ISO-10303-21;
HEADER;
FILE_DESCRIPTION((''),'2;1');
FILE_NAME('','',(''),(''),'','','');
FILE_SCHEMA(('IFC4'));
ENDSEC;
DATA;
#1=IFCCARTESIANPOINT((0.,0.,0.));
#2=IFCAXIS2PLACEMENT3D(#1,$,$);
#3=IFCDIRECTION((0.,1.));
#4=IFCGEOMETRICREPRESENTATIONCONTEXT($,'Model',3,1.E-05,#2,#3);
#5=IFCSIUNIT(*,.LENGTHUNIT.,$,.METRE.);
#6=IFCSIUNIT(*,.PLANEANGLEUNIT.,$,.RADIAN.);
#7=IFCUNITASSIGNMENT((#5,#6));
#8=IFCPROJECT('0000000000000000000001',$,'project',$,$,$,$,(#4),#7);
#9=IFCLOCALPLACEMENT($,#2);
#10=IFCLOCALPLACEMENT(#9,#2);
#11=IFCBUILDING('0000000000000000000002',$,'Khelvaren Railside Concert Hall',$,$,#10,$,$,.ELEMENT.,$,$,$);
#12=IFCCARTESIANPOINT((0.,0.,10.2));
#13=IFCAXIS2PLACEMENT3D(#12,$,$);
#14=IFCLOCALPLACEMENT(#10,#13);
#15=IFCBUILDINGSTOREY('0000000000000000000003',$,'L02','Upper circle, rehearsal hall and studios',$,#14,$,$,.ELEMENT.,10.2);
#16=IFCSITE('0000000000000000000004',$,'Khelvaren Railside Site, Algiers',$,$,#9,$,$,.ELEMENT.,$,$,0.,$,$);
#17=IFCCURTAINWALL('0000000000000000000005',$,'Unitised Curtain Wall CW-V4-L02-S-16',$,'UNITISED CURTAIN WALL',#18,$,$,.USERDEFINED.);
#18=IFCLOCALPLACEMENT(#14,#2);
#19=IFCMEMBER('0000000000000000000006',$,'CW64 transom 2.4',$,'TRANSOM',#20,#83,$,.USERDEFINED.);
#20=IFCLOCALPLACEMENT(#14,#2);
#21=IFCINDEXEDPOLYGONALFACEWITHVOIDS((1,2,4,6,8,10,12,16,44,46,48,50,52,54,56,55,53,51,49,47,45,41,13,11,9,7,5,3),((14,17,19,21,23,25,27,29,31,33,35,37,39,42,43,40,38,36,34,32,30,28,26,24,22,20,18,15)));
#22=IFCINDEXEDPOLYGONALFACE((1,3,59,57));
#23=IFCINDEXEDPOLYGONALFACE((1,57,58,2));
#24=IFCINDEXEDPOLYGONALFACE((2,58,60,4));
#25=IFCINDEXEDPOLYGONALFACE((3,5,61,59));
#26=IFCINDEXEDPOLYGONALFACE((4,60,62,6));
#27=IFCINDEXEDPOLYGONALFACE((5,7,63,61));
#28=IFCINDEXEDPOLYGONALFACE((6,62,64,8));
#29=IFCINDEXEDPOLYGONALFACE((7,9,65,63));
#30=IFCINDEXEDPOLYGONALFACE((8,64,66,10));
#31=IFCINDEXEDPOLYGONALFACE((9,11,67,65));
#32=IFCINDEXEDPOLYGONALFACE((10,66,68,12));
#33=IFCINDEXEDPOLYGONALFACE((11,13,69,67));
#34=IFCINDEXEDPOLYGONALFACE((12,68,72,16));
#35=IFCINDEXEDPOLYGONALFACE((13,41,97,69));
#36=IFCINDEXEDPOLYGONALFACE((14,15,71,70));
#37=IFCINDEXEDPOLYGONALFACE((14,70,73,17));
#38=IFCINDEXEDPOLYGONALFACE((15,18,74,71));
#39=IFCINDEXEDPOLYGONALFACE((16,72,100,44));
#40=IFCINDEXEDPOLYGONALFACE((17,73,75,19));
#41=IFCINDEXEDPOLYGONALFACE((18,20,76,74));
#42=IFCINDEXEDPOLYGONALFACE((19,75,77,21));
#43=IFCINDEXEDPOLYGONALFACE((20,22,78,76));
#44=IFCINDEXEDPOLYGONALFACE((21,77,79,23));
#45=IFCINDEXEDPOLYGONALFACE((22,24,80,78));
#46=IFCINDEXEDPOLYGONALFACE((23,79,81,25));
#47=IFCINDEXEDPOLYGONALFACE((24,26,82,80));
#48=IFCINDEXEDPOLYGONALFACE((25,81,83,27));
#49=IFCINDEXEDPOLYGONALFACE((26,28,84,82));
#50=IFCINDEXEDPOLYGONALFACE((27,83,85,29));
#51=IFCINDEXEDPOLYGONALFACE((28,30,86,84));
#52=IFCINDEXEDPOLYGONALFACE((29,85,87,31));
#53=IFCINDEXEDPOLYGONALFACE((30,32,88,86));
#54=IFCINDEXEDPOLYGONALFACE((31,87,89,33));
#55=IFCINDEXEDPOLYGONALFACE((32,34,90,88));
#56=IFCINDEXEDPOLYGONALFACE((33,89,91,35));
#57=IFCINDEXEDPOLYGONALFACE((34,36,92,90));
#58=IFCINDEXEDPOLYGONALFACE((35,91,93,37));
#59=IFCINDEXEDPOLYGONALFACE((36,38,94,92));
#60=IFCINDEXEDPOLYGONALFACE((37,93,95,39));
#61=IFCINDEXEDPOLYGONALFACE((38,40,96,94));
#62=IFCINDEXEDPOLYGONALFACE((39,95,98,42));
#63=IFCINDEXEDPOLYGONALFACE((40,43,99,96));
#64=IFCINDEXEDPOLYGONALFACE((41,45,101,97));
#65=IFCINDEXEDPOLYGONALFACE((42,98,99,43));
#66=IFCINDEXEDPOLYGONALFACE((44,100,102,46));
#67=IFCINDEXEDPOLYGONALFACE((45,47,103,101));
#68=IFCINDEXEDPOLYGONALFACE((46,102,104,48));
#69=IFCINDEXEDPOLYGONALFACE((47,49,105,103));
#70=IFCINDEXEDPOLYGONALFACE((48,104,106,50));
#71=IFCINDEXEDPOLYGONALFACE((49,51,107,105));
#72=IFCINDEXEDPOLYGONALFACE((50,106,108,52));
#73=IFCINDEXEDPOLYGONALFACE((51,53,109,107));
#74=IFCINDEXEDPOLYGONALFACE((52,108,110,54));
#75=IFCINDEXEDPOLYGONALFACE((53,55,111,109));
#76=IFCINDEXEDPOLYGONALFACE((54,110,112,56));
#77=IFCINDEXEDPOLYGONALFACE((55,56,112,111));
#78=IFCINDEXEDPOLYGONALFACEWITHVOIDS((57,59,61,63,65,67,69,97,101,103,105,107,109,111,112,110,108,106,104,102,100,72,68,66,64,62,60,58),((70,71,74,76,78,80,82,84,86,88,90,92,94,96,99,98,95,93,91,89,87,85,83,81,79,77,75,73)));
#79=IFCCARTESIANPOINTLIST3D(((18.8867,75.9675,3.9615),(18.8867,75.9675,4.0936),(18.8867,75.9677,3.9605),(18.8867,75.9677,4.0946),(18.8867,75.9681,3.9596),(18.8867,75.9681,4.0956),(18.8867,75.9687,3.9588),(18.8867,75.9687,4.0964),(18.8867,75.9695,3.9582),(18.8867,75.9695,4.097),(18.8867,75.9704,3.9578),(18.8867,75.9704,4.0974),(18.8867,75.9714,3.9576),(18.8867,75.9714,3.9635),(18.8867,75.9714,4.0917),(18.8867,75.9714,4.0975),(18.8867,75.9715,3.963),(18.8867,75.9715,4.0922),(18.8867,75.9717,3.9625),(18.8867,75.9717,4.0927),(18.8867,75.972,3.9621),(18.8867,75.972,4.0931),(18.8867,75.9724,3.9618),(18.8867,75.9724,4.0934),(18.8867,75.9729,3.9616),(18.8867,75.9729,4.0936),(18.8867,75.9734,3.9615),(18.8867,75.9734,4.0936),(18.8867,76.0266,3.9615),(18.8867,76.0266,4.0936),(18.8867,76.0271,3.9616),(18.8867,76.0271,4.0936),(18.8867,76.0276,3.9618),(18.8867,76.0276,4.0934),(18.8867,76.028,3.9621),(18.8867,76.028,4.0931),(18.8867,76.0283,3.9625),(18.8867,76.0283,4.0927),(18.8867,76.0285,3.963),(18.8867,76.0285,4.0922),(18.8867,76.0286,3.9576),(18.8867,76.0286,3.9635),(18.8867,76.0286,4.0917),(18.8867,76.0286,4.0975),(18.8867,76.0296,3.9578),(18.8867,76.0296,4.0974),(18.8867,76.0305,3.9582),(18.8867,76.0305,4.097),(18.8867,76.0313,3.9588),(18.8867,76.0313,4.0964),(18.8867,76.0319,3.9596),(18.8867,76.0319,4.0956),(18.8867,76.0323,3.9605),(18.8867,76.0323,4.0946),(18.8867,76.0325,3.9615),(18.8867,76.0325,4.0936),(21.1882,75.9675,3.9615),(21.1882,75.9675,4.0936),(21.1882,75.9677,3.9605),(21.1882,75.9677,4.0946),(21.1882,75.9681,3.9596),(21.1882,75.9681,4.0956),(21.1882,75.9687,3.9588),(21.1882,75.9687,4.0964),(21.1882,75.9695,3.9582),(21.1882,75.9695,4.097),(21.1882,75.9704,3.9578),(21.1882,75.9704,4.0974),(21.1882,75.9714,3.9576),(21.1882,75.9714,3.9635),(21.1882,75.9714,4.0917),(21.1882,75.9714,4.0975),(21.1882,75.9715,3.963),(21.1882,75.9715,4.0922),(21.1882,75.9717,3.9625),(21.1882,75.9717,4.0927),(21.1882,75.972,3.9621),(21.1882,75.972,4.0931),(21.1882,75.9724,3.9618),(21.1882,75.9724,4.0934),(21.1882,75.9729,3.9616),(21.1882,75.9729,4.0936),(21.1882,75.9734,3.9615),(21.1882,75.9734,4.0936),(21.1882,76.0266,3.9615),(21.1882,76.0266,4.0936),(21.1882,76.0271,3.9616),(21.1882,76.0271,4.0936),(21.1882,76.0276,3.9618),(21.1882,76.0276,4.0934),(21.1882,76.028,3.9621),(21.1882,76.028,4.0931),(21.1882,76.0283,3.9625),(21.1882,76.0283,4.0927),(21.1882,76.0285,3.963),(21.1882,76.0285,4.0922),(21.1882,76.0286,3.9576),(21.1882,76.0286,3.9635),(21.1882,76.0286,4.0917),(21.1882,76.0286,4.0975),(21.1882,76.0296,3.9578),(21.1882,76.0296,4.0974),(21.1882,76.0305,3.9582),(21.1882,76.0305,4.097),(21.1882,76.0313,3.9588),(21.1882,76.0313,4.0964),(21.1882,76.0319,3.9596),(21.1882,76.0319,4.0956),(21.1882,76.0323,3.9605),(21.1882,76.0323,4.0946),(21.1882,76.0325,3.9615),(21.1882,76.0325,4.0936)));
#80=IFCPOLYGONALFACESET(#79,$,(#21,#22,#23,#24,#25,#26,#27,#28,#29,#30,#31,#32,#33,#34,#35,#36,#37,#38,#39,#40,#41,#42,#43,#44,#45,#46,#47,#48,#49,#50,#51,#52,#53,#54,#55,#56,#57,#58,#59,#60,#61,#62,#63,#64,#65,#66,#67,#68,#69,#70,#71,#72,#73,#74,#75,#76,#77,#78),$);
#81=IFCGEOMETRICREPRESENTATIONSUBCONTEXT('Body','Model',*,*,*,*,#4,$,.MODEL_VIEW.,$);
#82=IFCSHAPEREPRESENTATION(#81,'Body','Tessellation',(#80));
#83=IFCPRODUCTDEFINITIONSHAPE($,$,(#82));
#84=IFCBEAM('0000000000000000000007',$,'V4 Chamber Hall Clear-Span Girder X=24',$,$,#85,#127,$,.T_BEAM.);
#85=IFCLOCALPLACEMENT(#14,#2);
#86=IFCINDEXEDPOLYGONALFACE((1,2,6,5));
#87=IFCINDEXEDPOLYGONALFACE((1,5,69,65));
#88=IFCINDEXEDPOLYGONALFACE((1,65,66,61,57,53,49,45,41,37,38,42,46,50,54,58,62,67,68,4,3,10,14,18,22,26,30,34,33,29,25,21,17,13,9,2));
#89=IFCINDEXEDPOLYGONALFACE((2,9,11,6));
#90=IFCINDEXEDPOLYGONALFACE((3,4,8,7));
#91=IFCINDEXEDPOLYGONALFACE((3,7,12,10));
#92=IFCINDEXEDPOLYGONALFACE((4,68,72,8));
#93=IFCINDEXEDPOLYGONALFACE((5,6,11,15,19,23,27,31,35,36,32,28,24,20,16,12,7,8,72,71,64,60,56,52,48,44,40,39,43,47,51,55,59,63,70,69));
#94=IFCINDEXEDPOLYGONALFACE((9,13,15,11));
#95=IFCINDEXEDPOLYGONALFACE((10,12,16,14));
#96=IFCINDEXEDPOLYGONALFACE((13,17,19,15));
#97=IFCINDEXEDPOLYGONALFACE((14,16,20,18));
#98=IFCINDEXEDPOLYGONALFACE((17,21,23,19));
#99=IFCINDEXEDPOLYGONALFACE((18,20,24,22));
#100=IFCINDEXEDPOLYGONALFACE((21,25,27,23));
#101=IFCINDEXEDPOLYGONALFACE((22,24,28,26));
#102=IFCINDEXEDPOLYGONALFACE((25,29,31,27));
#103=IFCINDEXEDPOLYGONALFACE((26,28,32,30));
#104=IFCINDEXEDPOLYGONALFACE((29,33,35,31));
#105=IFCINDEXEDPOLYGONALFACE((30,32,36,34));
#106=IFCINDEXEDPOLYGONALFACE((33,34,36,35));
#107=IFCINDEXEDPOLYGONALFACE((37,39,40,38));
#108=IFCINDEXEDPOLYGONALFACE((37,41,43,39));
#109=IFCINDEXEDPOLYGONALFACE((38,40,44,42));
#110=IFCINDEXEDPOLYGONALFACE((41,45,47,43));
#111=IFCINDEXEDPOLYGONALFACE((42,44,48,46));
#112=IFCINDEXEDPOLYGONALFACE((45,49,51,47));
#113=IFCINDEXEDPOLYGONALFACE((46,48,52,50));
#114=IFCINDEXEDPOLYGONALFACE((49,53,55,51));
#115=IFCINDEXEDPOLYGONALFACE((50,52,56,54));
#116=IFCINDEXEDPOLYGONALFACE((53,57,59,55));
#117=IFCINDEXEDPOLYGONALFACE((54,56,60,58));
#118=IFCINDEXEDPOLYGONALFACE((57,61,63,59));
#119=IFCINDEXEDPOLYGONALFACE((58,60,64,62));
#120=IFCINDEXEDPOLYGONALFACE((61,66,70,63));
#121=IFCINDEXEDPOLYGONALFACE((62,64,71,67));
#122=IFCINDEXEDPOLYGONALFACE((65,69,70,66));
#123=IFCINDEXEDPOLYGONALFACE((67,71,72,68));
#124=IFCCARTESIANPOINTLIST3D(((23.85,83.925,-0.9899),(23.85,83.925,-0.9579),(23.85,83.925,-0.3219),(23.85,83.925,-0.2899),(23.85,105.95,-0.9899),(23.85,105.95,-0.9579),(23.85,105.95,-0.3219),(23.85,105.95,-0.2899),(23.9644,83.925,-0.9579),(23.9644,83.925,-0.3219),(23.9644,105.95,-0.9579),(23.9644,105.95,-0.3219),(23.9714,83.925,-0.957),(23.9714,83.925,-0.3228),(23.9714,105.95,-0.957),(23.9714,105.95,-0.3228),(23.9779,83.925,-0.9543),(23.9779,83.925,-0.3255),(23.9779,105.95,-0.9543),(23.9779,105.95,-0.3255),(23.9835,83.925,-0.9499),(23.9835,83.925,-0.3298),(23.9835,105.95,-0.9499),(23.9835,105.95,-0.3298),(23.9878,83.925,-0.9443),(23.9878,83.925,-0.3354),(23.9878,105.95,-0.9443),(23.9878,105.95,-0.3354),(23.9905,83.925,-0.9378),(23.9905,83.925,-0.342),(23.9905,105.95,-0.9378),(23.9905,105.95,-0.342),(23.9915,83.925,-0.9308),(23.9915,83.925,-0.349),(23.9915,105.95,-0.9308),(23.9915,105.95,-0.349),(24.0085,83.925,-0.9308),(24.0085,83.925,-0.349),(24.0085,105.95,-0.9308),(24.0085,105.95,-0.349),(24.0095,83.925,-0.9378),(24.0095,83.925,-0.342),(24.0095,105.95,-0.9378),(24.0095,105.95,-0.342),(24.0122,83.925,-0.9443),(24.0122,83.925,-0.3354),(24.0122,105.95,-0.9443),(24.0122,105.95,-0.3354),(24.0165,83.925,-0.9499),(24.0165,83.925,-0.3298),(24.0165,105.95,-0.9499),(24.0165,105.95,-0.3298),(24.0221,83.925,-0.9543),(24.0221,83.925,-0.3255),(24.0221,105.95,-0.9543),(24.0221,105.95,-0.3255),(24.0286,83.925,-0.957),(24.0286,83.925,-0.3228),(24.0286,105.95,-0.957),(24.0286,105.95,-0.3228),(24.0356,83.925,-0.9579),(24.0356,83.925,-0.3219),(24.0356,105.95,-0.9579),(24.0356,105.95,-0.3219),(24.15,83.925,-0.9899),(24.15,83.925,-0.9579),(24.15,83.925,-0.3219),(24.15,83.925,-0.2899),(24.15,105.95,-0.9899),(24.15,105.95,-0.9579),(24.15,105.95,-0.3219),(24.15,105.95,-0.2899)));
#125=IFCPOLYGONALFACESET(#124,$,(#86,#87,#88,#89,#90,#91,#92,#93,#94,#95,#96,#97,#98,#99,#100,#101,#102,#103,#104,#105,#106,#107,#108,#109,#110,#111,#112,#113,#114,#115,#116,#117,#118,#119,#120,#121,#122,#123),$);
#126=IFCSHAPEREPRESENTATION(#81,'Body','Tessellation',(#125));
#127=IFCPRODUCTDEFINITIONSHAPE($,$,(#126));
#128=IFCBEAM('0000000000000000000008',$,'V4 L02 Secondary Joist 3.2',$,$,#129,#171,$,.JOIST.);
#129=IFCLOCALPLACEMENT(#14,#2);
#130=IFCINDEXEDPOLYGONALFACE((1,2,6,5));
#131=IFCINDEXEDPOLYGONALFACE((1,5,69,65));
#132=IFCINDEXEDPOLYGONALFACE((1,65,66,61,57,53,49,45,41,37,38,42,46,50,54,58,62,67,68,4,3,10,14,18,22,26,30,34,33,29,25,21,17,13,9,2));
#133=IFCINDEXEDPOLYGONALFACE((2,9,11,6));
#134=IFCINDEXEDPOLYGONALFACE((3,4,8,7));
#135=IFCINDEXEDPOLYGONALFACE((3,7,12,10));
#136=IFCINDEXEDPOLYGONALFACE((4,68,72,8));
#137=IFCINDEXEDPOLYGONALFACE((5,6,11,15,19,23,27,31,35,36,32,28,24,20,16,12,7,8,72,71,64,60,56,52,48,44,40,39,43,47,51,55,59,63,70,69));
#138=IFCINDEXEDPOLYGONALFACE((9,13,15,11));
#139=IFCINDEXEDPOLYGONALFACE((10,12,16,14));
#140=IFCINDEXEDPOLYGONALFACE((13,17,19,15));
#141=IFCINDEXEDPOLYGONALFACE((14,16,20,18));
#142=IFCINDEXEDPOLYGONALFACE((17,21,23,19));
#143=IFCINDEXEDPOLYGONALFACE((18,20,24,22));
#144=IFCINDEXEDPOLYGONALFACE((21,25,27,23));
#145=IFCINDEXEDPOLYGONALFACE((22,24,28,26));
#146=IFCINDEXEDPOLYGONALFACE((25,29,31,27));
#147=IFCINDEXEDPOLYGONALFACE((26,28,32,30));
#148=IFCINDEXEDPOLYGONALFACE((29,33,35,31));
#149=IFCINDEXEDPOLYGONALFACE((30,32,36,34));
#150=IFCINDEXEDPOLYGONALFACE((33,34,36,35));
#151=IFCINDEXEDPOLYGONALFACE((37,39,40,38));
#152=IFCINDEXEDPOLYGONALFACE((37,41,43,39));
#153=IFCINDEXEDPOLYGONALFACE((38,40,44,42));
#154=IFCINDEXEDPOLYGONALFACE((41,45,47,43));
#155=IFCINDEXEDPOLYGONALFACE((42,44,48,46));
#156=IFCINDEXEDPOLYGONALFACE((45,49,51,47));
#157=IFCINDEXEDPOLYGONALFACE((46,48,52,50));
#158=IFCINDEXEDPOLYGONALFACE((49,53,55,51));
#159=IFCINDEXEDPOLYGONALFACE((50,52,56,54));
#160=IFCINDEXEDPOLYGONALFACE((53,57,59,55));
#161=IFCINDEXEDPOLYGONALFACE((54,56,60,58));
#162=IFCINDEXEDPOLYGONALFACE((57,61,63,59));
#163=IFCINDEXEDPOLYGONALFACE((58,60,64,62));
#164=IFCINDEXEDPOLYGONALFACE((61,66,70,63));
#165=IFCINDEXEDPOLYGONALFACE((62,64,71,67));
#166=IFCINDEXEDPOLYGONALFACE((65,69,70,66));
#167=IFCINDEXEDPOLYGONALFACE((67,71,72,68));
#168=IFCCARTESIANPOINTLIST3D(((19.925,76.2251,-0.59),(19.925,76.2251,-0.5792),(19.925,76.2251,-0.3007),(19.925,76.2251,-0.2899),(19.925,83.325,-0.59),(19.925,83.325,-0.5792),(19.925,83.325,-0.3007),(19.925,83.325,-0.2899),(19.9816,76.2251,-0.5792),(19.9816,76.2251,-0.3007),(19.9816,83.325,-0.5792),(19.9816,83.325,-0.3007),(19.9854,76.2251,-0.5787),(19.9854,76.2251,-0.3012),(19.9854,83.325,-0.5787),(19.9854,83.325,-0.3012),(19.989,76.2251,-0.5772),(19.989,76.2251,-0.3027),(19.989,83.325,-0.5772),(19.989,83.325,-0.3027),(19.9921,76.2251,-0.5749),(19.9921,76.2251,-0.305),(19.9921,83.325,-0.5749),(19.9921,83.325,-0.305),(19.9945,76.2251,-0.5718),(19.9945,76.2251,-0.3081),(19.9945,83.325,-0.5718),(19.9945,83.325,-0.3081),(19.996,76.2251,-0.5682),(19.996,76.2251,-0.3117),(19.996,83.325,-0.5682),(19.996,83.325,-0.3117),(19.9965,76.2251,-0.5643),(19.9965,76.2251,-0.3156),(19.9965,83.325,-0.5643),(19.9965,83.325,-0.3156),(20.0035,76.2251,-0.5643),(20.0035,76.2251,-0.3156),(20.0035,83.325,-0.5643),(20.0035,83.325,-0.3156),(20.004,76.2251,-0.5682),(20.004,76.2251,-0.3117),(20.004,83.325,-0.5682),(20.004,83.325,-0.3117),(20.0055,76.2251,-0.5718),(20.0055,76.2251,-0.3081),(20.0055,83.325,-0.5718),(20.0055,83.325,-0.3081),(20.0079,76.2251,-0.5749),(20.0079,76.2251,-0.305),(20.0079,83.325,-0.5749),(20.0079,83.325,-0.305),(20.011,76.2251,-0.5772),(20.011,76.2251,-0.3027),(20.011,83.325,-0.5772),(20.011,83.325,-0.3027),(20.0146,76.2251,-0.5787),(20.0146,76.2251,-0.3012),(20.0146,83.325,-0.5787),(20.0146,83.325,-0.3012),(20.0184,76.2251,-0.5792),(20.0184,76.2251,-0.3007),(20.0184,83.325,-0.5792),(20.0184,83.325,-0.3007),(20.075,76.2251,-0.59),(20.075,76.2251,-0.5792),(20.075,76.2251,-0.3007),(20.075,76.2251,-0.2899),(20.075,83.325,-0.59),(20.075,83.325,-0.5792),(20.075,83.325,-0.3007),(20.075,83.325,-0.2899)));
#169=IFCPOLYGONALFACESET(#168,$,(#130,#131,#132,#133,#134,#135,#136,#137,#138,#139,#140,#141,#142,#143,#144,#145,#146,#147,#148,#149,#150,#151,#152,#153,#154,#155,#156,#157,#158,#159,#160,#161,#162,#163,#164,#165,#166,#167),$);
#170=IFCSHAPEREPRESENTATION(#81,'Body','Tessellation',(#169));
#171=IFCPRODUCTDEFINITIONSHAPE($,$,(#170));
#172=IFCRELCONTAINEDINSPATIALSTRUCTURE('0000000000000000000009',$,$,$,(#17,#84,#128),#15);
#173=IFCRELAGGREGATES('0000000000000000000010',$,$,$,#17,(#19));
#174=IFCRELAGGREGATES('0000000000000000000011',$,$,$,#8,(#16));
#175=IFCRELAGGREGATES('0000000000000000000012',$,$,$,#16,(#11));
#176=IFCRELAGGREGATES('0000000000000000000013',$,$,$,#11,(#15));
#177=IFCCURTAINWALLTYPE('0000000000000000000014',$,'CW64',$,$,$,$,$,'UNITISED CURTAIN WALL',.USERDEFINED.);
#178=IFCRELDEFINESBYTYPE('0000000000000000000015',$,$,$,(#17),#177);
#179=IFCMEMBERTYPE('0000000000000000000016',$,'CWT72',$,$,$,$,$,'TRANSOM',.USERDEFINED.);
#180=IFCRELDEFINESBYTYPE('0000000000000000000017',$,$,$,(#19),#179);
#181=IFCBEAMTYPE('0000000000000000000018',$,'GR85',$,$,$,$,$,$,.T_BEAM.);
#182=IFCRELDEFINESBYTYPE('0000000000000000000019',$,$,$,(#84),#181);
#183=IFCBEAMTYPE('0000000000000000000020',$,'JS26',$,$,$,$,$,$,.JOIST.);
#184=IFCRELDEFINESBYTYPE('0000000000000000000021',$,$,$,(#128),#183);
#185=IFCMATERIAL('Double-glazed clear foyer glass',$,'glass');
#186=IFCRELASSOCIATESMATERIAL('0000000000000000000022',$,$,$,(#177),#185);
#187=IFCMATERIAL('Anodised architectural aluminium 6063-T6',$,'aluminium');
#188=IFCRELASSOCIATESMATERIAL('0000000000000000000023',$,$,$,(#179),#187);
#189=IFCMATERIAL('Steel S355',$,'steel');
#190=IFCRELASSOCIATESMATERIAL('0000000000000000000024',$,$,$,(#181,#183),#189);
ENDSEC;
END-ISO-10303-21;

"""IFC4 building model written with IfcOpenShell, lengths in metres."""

from ifc_helpers import new_model, si_unit, direction, frame, origin, origin_2d, place, context, subcontext, project, spatial, hollow_rectangle, i_section, extrude, material, material_profile, profile_set, type_object, element, aggregate, save


model = new_model("IFC4")

# Units and contexts
model_context = context("Model", 3, precision=1e-05, world=origin(), true_north=direction((0.0, 1.0)))
body_context = subcontext(model_context, "Body", "Model", "MODEL_VIEW")
ifc_project = project(units=[si_unit("LENGTHUNIT", "METRE"), si_unit("PLANEANGLEUNIT", "RADIAN")], contexts=[model_context])

# Site, building, storey
site_placement = place(None, origin())
site = spatial("IfcSite", under=ifc_project, at=site_placement, Name="Khelvaren Railside Site, Algiers", CompositionType="ELEMENT", RefElevation=0.0)
building_placement = place(site_placement, origin())
building = spatial("IfcBuilding", under=site, at=building_placement, Name="Khelvaren Railside Concert Hall", CompositionType="ELEMENT")
storey_placement = place(building_placement, frame((0.0, 0.0, 10.2)))
storey = spatial("IfcBuildingStorey", under=building, at=storey_placement, Name="L02", Description="Upper circle, rehearsal hall and studios", CompositionType="ELEMENT", Elevation=10.2)

# Shared definitions
ifc_material_1 = material(Name="Steel S355", Category="steel")

# Curtain wall, member
ifc_material_2 = material(Name="Double-glazed clear foyer glass", Category="glass")
curtain_wall_type = type_object("IfcCurtainWallType", Name="CW64", ElementType="UNITISED CURTAIN WALL", PredefinedType="USERDEFINED", material=ifc_material_2)
curtain_wall_placement = place(storey_placement, origin())
curtain_wall = element("IfcCurtainWall", 1, at=curtain_wall_placement, inside=storey, type_object=curtain_wall_type, Name="Unitised Curtain Wall CW-V4-L02-S-16", ObjectType="UNITISED CURTAIN WALL", PredefinedType="USERDEFINED")
ifc_material_3 = material(Name="Anodised architectural aluminium 6063-T6", Category="aluminium")
ifc_material_profile_1 = material_profile(ifc_material_3, hollow_rectangle(XDim=0.0649, YDim=0.1399, WallThickness=0.0039, InnerFilletRadius=0.002, OuterFilletRadius=0.0039, at=origin_2d()), Name="CWT 65x140x4")
ifc_profile_set_1 = profile_set([ifc_material_profile_1], Name="Anodised architectural aluminium 6063-T6")
member_type_1 = type_object("IfcMemberType", Name="CWT72", ElementType="TRANSOM", PredefinedType="USERDEFINED", material=ifc_profile_set_1)
member_1_placement = place(storey_placement, frame((21.1882, 76.0, 4.0276), z_axis=(-1.0, 0.0, 0.0), x_axis=(0.0, -1.0, 0.0)))
member_1 = element("IfcMember", 2, at=member_1_placement, type_object=member_type_1, Name="CW64 transom 2.4", ObjectType="TRANSOM", PredefinedType="USERDEFINED", context=body_context, shape_type="SweptSolid", body=[
    extrude(hollow_rectangle(XDim=0.0649, YDim=0.1399, WallThickness=0.0039, InnerFilletRadius=0.002, OuterFilletRadius=0.0039, at=origin_2d()), origin(), (0.0, 0.0, 1.0), 2.3015),
])

# Beams
ifc_material_profile_2 = material_profile(ifc_material_1, i_section(OverallWidth=0.3, OverallDepth=0.7, WebThickness=0.0171, FlangeThickness=0.032, FilletRadius=0.0271, at=origin_2d()), Name="HEB 700")
ifc_profile_set_2 = profile_set([ifc_material_profile_2], Name="Steel S355")
beam_type_1 = type_object("IfcBeamType", Name="GR85", PredefinedType="T_BEAM", material=ifc_profile_set_2)
beam_1_placement = place(storey_placement, frame((24.0, 83.925, -0.6399), z_axis=(0.0, 1.0, 0.0), x_axis=(-1.0, 0.0, 0.0)))
element("IfcBeam", 3, at=beam_1_placement, inside=storey, type_object=beam_type_1, Name="V4 Chamber Hall Clear-Span Girder X=24", PredefinedType="T_BEAM", context=body_context, shape_type="SweptSolid", body=[
    extrude(i_section(OverallWidth=0.3, OverallDepth=0.7, WebThickness=0.0171, FlangeThickness=0.032, FilletRadius=0.0271, at=origin_2d()), origin(), (0.0, 0.0, 1.0), 22.0249),
])
ifc_material_profile_3 = material_profile(ifc_material_1, i_section(OverallWidth=0.1499, OverallDepth=0.3, WebThickness=0.0071, FlangeThickness=0.0107, FilletRadius=0.0149, at=origin_2d()), Name="IPE 300")
ifc_profile_set_3 = profile_set([ifc_material_profile_3], Name="Steel S355")
beam_type_2 = type_object("IfcBeamType", Name="JS26", PredefinedType="JOIST", material=ifc_profile_set_3)
beam_2_placement = place(storey_placement, frame((20.0, 76.2251, -0.4399), z_axis=(0.0, 1.0, 0.0), x_axis=(-1.0, 0.0, 0.0)))
element("IfcBeam", 4, at=beam_2_placement, inside=storey, type_object=beam_type_2, Name="V4 L02 Secondary Joist 3.2", PredefinedType="JOIST", context=body_context, shape_type="SweptSolid", body=[
    extrude(i_section(OverallWidth=0.1499, OverallDepth=0.3, WebThickness=0.0071, FlangeThickness=0.0107, FilletRadius=0.0149, at=origin_2d()), origin(), (0.0, 0.0, 1.0), 7.0999),
])

aggregate(curtain_wall, [member_1])

save(model, "model.ifc")
